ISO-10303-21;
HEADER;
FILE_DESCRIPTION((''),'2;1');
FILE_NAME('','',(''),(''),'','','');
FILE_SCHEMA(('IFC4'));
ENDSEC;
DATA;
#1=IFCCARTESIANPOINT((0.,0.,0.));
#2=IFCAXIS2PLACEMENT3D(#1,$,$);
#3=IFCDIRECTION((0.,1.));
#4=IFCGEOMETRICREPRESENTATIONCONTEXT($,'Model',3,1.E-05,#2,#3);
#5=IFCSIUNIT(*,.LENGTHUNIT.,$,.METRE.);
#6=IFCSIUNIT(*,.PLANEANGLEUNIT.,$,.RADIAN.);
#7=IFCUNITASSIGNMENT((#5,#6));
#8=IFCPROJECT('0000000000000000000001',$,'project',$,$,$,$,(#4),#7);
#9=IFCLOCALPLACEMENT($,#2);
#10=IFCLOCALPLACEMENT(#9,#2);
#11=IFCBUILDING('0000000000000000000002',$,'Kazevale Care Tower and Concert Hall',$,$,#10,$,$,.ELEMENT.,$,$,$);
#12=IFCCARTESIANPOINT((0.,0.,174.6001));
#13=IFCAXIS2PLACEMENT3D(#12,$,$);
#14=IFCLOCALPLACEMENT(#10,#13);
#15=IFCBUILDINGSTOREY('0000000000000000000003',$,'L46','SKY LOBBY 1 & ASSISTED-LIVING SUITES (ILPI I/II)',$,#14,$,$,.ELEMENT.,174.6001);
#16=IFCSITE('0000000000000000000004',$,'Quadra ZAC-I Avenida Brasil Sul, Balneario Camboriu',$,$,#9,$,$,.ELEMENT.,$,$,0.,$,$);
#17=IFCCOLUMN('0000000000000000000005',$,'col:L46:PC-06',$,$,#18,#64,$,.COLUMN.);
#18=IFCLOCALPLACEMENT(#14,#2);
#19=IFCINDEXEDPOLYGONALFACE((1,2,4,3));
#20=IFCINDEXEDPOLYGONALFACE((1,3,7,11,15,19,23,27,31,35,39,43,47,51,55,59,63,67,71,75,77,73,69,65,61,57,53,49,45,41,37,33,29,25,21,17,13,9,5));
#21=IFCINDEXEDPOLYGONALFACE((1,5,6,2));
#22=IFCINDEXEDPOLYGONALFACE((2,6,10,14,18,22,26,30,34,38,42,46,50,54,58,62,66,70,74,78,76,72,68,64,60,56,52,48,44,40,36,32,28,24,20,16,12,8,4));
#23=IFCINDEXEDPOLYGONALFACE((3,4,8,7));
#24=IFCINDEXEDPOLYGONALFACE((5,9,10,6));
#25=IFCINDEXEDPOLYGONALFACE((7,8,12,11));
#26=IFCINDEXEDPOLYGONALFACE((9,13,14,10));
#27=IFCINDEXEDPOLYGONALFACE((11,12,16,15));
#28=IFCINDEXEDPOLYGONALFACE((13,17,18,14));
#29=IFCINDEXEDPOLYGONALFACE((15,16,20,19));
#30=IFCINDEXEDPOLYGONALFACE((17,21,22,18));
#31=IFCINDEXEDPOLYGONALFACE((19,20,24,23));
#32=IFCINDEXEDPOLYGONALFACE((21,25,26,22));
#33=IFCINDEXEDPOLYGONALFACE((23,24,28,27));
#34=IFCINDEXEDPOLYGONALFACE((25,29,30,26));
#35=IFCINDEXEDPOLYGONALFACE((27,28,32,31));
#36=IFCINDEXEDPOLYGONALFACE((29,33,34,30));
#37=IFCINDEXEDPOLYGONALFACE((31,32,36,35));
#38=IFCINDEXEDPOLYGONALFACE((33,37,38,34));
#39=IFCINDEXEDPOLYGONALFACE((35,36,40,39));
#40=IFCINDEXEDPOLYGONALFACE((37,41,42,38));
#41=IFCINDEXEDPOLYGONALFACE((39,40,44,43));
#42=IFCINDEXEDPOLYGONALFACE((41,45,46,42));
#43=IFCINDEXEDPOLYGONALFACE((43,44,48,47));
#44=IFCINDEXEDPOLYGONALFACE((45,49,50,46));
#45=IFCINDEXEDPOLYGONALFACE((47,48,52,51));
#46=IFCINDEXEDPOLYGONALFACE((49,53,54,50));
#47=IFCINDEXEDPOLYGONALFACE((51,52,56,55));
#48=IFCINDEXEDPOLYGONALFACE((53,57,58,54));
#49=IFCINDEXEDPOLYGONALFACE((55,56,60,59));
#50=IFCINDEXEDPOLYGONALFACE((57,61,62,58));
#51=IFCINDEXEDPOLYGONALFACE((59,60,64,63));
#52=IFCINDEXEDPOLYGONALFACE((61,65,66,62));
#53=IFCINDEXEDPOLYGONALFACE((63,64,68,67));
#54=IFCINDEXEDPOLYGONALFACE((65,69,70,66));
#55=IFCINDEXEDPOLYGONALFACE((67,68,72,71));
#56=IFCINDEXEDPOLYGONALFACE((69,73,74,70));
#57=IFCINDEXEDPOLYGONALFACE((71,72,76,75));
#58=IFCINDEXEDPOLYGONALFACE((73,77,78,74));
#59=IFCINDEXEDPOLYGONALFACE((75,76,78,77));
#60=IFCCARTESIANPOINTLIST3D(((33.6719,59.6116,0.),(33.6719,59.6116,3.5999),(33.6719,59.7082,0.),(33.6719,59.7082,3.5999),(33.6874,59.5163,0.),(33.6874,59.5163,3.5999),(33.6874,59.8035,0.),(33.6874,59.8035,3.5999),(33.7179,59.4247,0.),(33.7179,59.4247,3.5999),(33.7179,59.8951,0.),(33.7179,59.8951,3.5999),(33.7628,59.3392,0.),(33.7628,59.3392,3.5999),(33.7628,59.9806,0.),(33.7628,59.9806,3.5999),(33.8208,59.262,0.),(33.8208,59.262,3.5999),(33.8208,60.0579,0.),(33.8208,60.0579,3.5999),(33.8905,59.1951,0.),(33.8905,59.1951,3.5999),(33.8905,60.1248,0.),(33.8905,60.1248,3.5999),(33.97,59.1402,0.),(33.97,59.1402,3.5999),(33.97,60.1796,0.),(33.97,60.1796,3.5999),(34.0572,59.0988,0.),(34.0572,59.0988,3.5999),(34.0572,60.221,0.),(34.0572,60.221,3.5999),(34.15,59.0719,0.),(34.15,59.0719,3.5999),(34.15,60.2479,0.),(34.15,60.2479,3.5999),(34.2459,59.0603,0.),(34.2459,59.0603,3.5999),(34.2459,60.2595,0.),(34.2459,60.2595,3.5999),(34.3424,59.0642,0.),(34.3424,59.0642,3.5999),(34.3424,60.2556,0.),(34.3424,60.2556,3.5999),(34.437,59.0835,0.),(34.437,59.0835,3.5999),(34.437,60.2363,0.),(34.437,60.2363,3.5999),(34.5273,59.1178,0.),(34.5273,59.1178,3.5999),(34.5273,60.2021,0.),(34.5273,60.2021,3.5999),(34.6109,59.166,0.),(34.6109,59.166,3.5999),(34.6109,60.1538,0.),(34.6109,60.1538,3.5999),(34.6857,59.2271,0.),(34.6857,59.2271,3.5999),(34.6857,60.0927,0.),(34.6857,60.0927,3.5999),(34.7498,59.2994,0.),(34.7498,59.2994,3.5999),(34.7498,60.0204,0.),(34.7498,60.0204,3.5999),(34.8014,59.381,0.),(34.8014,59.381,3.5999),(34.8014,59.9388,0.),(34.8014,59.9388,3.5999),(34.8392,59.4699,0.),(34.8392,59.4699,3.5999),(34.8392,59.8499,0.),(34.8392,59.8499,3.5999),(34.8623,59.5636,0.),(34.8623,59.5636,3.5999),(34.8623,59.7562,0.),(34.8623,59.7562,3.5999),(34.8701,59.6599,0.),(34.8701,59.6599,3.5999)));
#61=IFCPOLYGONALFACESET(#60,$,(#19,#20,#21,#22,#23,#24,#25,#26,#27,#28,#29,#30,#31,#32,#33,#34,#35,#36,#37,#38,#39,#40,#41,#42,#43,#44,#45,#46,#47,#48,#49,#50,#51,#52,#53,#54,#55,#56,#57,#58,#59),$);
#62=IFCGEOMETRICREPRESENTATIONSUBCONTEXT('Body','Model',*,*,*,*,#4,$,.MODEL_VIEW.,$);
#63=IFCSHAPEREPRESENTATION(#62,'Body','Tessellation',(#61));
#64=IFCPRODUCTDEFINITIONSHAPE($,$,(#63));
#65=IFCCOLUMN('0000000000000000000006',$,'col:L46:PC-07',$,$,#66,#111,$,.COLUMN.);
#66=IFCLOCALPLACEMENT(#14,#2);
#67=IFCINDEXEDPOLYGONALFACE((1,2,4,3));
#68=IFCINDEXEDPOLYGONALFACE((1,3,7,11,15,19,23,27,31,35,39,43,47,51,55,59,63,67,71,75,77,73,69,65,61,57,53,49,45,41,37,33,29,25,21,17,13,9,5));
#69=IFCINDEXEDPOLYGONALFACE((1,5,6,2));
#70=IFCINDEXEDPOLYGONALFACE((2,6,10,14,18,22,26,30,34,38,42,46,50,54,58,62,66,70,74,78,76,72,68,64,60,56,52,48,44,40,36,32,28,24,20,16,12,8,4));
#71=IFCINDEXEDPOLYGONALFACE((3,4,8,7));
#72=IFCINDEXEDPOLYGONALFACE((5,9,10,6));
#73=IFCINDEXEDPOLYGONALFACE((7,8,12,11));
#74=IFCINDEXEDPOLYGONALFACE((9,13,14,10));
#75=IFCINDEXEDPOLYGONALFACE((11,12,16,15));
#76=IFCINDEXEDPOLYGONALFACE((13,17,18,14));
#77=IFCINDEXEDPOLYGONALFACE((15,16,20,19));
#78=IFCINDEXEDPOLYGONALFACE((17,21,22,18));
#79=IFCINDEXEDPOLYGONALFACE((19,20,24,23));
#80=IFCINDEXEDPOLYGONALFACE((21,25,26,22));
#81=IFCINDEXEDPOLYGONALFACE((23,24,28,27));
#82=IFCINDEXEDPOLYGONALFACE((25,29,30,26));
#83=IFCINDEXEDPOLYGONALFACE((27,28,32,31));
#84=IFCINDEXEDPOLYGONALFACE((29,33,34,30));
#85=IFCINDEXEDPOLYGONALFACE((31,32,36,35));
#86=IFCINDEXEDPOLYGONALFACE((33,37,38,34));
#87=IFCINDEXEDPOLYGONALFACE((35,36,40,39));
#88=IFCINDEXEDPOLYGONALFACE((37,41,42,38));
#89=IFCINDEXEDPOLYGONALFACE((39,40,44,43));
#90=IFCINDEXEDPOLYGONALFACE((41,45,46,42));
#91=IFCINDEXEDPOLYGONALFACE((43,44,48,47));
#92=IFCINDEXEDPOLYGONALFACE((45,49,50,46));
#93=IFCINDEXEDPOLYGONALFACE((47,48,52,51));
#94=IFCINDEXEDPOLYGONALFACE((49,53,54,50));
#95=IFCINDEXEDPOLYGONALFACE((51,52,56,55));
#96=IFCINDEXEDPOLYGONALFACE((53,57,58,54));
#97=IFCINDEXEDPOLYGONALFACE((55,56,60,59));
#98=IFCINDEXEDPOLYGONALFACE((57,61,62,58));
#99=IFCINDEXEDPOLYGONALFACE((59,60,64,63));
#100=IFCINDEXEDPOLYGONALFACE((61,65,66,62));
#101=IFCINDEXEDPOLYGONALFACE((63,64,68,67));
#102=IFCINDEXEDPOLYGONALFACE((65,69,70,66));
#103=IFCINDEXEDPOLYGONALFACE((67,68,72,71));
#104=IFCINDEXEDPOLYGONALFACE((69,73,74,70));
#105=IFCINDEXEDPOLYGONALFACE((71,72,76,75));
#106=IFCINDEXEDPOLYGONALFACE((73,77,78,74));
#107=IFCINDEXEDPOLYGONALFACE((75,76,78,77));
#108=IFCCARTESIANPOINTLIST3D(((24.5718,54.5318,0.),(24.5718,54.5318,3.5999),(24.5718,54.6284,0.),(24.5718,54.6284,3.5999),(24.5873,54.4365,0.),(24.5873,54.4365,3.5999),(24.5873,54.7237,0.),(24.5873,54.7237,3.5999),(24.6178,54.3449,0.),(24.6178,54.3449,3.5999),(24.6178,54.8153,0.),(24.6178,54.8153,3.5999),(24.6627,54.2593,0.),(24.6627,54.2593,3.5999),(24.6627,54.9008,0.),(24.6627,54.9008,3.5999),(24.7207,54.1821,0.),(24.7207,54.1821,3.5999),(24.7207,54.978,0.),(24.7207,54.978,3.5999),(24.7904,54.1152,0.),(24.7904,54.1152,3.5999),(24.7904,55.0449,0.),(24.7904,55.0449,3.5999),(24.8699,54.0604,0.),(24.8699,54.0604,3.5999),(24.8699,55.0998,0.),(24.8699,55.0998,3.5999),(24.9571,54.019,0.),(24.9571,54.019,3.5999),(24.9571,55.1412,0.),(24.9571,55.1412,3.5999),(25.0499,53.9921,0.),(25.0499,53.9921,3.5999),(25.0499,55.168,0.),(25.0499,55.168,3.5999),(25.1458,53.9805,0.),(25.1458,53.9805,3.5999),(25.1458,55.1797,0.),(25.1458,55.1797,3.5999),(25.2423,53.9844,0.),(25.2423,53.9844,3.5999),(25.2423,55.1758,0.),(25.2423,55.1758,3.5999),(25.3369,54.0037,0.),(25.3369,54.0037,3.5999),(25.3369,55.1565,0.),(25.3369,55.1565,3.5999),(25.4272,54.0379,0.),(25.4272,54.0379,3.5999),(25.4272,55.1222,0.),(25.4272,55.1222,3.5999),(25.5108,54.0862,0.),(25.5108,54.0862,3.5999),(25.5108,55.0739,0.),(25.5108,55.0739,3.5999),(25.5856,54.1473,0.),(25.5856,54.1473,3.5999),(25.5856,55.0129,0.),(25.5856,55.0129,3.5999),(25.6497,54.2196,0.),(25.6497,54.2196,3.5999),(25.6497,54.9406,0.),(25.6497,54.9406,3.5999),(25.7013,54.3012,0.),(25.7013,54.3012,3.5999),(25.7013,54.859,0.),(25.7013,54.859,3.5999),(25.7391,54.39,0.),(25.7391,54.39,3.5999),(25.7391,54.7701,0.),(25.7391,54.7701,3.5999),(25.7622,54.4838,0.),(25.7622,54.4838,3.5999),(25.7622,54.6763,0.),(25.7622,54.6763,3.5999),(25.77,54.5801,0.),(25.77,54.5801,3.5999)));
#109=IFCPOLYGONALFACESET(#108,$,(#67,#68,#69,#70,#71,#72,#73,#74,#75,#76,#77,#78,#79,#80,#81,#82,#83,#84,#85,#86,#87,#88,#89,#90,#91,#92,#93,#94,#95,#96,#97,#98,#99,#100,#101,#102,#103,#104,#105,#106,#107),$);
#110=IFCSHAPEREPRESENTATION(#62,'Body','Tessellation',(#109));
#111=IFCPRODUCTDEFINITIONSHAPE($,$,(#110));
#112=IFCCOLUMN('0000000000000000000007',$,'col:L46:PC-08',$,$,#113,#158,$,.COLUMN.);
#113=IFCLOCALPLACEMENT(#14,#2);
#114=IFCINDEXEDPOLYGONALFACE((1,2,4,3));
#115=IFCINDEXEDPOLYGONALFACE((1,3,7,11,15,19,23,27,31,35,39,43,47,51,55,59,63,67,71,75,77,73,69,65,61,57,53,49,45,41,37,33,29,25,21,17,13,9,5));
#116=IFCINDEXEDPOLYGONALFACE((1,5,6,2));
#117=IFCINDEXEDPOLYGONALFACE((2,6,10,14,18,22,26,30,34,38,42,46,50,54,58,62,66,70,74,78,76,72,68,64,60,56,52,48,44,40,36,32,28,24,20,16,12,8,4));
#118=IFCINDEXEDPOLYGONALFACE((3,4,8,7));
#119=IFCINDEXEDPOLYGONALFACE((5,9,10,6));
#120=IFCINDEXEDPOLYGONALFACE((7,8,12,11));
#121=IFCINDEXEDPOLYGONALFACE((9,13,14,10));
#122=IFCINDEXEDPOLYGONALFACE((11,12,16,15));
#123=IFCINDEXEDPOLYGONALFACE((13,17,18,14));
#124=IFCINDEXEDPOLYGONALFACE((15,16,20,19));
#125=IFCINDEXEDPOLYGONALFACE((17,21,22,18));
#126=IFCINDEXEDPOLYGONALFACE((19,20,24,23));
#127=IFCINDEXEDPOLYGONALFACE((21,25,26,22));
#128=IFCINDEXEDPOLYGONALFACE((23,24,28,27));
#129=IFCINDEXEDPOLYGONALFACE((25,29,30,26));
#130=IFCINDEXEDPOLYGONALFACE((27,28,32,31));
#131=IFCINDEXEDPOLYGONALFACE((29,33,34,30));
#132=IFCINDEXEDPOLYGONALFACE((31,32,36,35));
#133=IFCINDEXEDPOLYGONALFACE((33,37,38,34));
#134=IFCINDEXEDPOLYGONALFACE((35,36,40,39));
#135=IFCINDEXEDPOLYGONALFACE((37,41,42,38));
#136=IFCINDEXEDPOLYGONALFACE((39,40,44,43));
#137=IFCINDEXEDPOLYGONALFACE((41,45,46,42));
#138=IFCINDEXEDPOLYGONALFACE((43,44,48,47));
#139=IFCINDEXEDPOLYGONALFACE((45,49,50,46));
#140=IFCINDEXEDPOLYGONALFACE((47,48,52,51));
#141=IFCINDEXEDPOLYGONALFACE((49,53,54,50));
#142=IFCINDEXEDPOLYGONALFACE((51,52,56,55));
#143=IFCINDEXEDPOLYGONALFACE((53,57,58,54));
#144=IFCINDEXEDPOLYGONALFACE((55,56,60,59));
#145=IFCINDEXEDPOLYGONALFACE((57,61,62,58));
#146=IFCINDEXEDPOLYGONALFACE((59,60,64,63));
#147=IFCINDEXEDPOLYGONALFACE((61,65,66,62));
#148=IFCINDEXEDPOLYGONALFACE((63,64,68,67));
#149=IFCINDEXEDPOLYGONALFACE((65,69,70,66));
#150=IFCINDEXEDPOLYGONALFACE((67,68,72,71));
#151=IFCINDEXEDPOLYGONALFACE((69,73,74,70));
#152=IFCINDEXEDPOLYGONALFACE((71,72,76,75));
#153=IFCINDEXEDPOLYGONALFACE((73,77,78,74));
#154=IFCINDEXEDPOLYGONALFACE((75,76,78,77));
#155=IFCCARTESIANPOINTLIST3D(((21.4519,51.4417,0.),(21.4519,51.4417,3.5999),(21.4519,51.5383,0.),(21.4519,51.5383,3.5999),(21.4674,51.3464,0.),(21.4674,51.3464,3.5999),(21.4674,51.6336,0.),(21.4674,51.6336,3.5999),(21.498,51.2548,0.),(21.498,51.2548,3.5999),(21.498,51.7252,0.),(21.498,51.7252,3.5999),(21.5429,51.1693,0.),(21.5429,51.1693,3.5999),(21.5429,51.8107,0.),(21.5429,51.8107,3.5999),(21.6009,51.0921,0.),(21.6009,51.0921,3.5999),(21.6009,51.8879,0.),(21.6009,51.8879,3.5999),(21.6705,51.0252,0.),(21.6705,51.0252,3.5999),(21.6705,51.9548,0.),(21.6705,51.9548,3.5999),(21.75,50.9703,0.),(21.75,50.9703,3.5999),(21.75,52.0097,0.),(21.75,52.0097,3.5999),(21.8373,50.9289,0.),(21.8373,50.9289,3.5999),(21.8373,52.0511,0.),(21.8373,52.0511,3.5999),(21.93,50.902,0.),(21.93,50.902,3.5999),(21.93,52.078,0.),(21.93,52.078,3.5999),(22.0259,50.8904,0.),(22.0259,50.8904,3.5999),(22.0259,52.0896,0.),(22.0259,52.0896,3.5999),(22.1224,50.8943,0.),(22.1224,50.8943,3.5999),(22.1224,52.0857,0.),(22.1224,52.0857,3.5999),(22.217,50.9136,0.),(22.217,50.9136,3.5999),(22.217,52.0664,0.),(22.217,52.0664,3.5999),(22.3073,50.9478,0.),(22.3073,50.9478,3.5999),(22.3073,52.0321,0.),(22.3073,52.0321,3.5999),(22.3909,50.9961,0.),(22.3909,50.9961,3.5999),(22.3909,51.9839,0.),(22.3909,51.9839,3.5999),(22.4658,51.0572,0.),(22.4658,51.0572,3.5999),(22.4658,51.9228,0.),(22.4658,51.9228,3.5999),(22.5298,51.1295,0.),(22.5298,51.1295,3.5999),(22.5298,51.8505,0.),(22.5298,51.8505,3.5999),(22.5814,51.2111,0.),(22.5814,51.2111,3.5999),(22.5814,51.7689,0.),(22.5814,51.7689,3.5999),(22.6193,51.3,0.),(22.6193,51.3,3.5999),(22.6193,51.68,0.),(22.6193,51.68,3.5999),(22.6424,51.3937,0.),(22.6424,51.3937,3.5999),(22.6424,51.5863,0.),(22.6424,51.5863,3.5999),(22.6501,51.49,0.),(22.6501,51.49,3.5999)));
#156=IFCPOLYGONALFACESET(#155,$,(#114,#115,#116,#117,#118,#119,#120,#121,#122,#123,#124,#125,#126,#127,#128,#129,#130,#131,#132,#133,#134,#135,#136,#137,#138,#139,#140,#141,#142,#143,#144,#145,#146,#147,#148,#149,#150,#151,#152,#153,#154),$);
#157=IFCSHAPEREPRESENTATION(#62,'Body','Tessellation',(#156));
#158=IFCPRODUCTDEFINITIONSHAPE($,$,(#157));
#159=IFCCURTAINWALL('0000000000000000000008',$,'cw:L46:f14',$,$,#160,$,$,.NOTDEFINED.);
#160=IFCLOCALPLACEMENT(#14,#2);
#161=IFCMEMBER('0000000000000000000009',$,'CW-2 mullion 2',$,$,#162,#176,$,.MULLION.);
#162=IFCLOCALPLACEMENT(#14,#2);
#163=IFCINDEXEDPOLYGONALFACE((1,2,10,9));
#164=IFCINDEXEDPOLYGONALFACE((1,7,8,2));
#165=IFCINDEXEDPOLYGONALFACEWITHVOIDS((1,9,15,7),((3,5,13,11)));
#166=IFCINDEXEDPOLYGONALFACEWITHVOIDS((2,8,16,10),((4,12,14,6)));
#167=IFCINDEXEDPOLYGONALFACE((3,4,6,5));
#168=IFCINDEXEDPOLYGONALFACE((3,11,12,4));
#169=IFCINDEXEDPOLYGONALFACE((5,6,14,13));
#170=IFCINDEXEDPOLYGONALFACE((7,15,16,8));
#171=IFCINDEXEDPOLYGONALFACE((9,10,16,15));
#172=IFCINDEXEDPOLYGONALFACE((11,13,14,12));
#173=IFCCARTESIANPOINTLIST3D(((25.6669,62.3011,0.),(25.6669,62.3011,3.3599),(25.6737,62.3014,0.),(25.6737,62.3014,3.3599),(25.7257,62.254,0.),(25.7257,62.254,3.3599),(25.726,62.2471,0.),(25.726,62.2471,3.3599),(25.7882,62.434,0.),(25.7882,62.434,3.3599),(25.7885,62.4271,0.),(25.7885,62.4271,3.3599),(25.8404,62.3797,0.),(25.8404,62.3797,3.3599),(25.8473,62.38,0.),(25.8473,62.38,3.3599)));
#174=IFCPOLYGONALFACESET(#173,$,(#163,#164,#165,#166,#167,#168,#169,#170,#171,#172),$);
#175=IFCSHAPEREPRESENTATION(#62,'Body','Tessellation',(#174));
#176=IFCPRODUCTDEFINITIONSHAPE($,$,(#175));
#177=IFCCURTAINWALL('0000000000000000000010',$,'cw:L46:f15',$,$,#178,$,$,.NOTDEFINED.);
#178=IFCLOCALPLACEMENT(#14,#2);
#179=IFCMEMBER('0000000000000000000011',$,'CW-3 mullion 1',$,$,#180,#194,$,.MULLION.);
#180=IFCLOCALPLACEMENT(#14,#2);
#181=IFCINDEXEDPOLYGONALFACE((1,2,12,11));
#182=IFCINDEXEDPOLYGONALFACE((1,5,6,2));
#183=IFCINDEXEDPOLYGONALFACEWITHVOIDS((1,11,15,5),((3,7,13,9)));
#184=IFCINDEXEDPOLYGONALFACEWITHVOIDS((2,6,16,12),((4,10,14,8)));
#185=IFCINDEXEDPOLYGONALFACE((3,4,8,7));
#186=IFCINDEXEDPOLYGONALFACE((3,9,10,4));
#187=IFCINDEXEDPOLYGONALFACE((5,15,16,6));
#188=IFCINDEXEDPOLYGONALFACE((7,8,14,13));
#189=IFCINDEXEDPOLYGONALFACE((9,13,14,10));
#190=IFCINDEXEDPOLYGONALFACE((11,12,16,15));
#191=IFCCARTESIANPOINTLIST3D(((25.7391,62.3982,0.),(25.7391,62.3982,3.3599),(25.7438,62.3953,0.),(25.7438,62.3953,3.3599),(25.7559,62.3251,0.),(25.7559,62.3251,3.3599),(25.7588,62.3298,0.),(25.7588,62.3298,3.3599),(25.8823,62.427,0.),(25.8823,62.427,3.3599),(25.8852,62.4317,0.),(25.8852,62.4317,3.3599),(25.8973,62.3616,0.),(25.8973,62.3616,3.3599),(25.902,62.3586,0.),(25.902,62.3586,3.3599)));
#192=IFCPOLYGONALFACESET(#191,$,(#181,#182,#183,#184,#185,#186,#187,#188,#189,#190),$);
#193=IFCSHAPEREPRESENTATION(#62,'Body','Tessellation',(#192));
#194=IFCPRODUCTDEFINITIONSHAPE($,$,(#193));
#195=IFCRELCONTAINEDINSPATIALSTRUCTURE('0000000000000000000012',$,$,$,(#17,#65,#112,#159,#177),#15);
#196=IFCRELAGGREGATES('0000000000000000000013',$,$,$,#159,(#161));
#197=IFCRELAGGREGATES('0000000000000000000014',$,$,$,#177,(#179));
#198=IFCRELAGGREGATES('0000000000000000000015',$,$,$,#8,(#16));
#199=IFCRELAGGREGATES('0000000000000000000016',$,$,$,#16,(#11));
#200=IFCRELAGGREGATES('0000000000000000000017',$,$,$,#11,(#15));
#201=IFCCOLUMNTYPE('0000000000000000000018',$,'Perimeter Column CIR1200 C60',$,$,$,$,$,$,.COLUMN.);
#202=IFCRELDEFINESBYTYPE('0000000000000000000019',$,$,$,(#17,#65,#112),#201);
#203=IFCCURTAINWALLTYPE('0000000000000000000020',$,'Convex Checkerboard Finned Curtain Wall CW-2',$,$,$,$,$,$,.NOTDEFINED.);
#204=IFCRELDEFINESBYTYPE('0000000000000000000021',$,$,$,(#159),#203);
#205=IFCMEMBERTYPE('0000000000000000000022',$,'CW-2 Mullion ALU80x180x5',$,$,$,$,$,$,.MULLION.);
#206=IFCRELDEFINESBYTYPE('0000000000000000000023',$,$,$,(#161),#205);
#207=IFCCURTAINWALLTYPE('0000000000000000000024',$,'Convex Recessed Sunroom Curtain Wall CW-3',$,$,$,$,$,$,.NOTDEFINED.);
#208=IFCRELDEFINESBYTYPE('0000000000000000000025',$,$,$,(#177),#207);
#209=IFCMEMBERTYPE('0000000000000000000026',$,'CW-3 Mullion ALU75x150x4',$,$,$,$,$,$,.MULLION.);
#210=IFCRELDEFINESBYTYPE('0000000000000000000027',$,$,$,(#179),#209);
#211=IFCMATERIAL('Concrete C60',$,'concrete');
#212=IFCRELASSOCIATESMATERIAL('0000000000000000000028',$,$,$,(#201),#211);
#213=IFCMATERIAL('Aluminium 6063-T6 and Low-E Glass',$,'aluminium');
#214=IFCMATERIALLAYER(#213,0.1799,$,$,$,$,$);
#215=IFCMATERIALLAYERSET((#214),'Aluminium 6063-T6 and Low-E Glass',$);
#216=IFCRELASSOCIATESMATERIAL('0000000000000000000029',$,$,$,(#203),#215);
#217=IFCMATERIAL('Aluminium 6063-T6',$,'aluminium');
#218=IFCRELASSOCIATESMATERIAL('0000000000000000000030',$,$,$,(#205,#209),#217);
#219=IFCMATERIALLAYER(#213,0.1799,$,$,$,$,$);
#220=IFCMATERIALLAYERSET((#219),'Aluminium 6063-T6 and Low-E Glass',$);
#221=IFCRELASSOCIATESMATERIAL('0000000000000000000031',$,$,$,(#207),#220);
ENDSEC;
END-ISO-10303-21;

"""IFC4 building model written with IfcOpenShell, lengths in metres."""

from ifc_helpers import new_model, si_unit, direction, frame, origin, origin_2d, place, context, subcontext, project, spatial, hollow_rectangle, circle, extrude, material, layer, layer_set, material_profile, profile_set, type_object, element, aggregate, save


model = new_model("IFC4")

# Units and contexts
model_context = context("Model", 3, precision=1e-05, world=origin(), true_north=direction((0.0, 1.0)))
body_context = subcontext(model_context, "Body", "Model", "MODEL_VIEW")
ifc_project = project(units=[si_unit("LENGTHUNIT", "METRE"), si_unit("PLANEANGLEUNIT", "RADIAN")], contexts=[model_context])

# Site, building, storey
site_placement = place(None, origin())
site = spatial("IfcSite", under=ifc_project, at=site_placement, Name="Quadra ZAC-I Avenida Brasil Sul, Balneario Camboriu", CompositionType="ELEMENT", RefElevation=0.0)
building_placement = place(site_placement, origin())
building = spatial("IfcBuilding", under=site, at=building_placement, Name="Kazevale Care Tower and Concert Hall", CompositionType="ELEMENT")
storey_placement = place(building_placement, frame((0.0, 0.0, 174.6001)))
storey = spatial("IfcBuildingStorey", under=building, at=storey_placement, Name="L46", Description="SKY LOBBY 1 & ASSISTED-LIVING SUITES (ILPI I/II)", CompositionType="ELEMENT", Elevation=174.6001)

# Columns
ifc_material_1 = material(Name="Concrete C60", Category="concrete")
ifc_material_profile_1 = material_profile(ifc_material_1, circle(Radius=0.6001, at=origin_2d()), Name="RC-CIR1200")
ifc_profile_set_1 = profile_set([ifc_material_profile_1], Name="Concrete C60")
column_type = type_object("IfcColumnType", Name="Perimeter Column CIR1200 C60", PredefinedType="COLUMN", material=ifc_profile_set_1)
for number, where, z_axis, x_axis, name in (
    (1, (34.27, 59.6599, 0.0), (0.0, 0.0, 1.0), (1.0, 0.0, 0.0), "col:L46:PC-06"),
    (2, (25.1699, 54.5801, 0.0), (0.0, 0.0, 1.0), (1.0, 0.0, 0.0), "col:L46:PC-07"),
    (3, (22.05, 51.49, 0.0), (0.0, 0.0, 1.0), (1.0, 0.0, 0.0), "col:L46:PC-08"),
):
    element("IfcColumn", number, at=place(storey_placement, frame(where, z_axis=z_axis, x_axis=x_axis)), inside=storey, type_object=column_type, Name=name, PredefinedType="COLUMN", context=body_context, shape_type="SweptSolid", body=[
        extrude(circle(Radius=0.6001, at=origin_2d()), origin(), (0.0, 0.0, 1.0), 3.5999),
    ])

# Curtain wall, member
ifc_material_2 = material(Name="Aluminium 6063-T6 and Low-E Glass", Category="aluminium")
ifc_layer_1 = layer(ifc_material_2, 0.1799)
ifc_layer_set_1 = layer_set([ifc_layer_1], Name="Aluminium 6063-T6 and Low-E Glass")
curtain_wall_type_1 = type_object("IfcCurtainWallType", Name="Convex Checkerboard Finned Curtain Wall CW-2", PredefinedType="NOTDEFINED", material=ifc_layer_set_1)
curtain_wall_1_placement = place(storey_placement, origin())
curtain_wall_1 = element("IfcCurtainWall", 4, at=curtain_wall_1_placement, inside=storey, type_object=curtain_wall_type_1, Name="cw:L46:f14", PredefinedType="NOTDEFINED")
ifc_material_3 = material(Name="Aluminium 6063-T6", Category="aluminium")
ifc_material_profile_2 = material_profile(ifc_material_3, hollow_rectangle(XDim=0.0801, YDim=0.1799, WallThickness=0.0049, at=origin_2d()), Name="ALU80x180x5")
ifc_profile_set_2 = profile_set([ifc_material_profile_2], Name="Aluminium 6063-T6")
member_type_1 = type_object("IfcMemberType", Name="CW-2 Mullion ALU80x180x5", PredefinedType="MULLION", material=ifc_profile_set_2)
member_1_placement = place(storey_placement, frame((25.7571, 62.3406, 0.0), z_axis=(0.0, 0.0, 1.0), x_axis=(-0.738492, 0.674262, 0.0)))
member_1 = element("IfcMember", 5, at=member_1_placement, type_object=member_type_1, Name="CW-2 mullion 2", PredefinedType="MULLION", context=body_context, shape_type="SweptSolid", body=[
    extrude(hollow_rectangle(XDim=0.0801, YDim=0.1799, WallThickness=0.0049, at=origin_2d()), origin(), (0.0, 0.0, 1.0), 3.3599),
])

# Curtain wall, member
ifc_layer_2 = layer(ifc_material_2, 0.1799)
ifc_layer_set_2 = layer_set([ifc_layer_2], Name="Aluminium 6063-T6 and Low-E Glass")
curtain_wall_type_2 = type_object("IfcCurtainWallType", Name="Convex Recessed Sunroom Curtain Wall CW-3", PredefinedType="NOTDEFINED", material=ifc_layer_set_2)
curtain_wall_2_placement = place(storey_placement, origin())
curtain_wall_2 = element("IfcCurtainWall", 6, at=curtain_wall_2_placement, inside=storey, type_object=curtain_wall_type_2, Name="cw:L46:f15", PredefinedType="NOTDEFINED")
ifc_material_profile_3 = material_profile(ifc_material_3, hollow_rectangle(XDim=0.075, YDim=0.1499, WallThickness=0.0039, at=origin_2d()), Name="ALU75x150x4")
ifc_profile_set_3 = profile_set([ifc_material_profile_3], Name="Aluminium 6063-T6")
member_type_2 = type_object("IfcMemberType", Name="CW-3 Mullion ALU75x150x4", PredefinedType="MULLION", material=ifc_profile_set_3)
member_2_placement = place(storey_placement, frame((25.8206, 62.3784, 0.0), z_axis=(0.0, 0.0, 1.0), x_axis=(-0.223567, 0.974688, 0.0)))
member_2 = element("IfcMember", 7, at=member_2_placement, type_object=member_type_2, Name="CW-3 mullion 1", PredefinedType="MULLION", context=body_context, shape_type="SweptSolid", body=[
    extrude(hollow_rectangle(XDim=0.075, YDim=0.1499, WallThickness=0.0039, at=origin_2d()), origin(), (0.0, 0.0, 1.0), 3.3599),
])

aggregate(curtain_wall_1, [member_1])
aggregate(curtain_wall_2, [member_2])

save(model, "model.ifc")
